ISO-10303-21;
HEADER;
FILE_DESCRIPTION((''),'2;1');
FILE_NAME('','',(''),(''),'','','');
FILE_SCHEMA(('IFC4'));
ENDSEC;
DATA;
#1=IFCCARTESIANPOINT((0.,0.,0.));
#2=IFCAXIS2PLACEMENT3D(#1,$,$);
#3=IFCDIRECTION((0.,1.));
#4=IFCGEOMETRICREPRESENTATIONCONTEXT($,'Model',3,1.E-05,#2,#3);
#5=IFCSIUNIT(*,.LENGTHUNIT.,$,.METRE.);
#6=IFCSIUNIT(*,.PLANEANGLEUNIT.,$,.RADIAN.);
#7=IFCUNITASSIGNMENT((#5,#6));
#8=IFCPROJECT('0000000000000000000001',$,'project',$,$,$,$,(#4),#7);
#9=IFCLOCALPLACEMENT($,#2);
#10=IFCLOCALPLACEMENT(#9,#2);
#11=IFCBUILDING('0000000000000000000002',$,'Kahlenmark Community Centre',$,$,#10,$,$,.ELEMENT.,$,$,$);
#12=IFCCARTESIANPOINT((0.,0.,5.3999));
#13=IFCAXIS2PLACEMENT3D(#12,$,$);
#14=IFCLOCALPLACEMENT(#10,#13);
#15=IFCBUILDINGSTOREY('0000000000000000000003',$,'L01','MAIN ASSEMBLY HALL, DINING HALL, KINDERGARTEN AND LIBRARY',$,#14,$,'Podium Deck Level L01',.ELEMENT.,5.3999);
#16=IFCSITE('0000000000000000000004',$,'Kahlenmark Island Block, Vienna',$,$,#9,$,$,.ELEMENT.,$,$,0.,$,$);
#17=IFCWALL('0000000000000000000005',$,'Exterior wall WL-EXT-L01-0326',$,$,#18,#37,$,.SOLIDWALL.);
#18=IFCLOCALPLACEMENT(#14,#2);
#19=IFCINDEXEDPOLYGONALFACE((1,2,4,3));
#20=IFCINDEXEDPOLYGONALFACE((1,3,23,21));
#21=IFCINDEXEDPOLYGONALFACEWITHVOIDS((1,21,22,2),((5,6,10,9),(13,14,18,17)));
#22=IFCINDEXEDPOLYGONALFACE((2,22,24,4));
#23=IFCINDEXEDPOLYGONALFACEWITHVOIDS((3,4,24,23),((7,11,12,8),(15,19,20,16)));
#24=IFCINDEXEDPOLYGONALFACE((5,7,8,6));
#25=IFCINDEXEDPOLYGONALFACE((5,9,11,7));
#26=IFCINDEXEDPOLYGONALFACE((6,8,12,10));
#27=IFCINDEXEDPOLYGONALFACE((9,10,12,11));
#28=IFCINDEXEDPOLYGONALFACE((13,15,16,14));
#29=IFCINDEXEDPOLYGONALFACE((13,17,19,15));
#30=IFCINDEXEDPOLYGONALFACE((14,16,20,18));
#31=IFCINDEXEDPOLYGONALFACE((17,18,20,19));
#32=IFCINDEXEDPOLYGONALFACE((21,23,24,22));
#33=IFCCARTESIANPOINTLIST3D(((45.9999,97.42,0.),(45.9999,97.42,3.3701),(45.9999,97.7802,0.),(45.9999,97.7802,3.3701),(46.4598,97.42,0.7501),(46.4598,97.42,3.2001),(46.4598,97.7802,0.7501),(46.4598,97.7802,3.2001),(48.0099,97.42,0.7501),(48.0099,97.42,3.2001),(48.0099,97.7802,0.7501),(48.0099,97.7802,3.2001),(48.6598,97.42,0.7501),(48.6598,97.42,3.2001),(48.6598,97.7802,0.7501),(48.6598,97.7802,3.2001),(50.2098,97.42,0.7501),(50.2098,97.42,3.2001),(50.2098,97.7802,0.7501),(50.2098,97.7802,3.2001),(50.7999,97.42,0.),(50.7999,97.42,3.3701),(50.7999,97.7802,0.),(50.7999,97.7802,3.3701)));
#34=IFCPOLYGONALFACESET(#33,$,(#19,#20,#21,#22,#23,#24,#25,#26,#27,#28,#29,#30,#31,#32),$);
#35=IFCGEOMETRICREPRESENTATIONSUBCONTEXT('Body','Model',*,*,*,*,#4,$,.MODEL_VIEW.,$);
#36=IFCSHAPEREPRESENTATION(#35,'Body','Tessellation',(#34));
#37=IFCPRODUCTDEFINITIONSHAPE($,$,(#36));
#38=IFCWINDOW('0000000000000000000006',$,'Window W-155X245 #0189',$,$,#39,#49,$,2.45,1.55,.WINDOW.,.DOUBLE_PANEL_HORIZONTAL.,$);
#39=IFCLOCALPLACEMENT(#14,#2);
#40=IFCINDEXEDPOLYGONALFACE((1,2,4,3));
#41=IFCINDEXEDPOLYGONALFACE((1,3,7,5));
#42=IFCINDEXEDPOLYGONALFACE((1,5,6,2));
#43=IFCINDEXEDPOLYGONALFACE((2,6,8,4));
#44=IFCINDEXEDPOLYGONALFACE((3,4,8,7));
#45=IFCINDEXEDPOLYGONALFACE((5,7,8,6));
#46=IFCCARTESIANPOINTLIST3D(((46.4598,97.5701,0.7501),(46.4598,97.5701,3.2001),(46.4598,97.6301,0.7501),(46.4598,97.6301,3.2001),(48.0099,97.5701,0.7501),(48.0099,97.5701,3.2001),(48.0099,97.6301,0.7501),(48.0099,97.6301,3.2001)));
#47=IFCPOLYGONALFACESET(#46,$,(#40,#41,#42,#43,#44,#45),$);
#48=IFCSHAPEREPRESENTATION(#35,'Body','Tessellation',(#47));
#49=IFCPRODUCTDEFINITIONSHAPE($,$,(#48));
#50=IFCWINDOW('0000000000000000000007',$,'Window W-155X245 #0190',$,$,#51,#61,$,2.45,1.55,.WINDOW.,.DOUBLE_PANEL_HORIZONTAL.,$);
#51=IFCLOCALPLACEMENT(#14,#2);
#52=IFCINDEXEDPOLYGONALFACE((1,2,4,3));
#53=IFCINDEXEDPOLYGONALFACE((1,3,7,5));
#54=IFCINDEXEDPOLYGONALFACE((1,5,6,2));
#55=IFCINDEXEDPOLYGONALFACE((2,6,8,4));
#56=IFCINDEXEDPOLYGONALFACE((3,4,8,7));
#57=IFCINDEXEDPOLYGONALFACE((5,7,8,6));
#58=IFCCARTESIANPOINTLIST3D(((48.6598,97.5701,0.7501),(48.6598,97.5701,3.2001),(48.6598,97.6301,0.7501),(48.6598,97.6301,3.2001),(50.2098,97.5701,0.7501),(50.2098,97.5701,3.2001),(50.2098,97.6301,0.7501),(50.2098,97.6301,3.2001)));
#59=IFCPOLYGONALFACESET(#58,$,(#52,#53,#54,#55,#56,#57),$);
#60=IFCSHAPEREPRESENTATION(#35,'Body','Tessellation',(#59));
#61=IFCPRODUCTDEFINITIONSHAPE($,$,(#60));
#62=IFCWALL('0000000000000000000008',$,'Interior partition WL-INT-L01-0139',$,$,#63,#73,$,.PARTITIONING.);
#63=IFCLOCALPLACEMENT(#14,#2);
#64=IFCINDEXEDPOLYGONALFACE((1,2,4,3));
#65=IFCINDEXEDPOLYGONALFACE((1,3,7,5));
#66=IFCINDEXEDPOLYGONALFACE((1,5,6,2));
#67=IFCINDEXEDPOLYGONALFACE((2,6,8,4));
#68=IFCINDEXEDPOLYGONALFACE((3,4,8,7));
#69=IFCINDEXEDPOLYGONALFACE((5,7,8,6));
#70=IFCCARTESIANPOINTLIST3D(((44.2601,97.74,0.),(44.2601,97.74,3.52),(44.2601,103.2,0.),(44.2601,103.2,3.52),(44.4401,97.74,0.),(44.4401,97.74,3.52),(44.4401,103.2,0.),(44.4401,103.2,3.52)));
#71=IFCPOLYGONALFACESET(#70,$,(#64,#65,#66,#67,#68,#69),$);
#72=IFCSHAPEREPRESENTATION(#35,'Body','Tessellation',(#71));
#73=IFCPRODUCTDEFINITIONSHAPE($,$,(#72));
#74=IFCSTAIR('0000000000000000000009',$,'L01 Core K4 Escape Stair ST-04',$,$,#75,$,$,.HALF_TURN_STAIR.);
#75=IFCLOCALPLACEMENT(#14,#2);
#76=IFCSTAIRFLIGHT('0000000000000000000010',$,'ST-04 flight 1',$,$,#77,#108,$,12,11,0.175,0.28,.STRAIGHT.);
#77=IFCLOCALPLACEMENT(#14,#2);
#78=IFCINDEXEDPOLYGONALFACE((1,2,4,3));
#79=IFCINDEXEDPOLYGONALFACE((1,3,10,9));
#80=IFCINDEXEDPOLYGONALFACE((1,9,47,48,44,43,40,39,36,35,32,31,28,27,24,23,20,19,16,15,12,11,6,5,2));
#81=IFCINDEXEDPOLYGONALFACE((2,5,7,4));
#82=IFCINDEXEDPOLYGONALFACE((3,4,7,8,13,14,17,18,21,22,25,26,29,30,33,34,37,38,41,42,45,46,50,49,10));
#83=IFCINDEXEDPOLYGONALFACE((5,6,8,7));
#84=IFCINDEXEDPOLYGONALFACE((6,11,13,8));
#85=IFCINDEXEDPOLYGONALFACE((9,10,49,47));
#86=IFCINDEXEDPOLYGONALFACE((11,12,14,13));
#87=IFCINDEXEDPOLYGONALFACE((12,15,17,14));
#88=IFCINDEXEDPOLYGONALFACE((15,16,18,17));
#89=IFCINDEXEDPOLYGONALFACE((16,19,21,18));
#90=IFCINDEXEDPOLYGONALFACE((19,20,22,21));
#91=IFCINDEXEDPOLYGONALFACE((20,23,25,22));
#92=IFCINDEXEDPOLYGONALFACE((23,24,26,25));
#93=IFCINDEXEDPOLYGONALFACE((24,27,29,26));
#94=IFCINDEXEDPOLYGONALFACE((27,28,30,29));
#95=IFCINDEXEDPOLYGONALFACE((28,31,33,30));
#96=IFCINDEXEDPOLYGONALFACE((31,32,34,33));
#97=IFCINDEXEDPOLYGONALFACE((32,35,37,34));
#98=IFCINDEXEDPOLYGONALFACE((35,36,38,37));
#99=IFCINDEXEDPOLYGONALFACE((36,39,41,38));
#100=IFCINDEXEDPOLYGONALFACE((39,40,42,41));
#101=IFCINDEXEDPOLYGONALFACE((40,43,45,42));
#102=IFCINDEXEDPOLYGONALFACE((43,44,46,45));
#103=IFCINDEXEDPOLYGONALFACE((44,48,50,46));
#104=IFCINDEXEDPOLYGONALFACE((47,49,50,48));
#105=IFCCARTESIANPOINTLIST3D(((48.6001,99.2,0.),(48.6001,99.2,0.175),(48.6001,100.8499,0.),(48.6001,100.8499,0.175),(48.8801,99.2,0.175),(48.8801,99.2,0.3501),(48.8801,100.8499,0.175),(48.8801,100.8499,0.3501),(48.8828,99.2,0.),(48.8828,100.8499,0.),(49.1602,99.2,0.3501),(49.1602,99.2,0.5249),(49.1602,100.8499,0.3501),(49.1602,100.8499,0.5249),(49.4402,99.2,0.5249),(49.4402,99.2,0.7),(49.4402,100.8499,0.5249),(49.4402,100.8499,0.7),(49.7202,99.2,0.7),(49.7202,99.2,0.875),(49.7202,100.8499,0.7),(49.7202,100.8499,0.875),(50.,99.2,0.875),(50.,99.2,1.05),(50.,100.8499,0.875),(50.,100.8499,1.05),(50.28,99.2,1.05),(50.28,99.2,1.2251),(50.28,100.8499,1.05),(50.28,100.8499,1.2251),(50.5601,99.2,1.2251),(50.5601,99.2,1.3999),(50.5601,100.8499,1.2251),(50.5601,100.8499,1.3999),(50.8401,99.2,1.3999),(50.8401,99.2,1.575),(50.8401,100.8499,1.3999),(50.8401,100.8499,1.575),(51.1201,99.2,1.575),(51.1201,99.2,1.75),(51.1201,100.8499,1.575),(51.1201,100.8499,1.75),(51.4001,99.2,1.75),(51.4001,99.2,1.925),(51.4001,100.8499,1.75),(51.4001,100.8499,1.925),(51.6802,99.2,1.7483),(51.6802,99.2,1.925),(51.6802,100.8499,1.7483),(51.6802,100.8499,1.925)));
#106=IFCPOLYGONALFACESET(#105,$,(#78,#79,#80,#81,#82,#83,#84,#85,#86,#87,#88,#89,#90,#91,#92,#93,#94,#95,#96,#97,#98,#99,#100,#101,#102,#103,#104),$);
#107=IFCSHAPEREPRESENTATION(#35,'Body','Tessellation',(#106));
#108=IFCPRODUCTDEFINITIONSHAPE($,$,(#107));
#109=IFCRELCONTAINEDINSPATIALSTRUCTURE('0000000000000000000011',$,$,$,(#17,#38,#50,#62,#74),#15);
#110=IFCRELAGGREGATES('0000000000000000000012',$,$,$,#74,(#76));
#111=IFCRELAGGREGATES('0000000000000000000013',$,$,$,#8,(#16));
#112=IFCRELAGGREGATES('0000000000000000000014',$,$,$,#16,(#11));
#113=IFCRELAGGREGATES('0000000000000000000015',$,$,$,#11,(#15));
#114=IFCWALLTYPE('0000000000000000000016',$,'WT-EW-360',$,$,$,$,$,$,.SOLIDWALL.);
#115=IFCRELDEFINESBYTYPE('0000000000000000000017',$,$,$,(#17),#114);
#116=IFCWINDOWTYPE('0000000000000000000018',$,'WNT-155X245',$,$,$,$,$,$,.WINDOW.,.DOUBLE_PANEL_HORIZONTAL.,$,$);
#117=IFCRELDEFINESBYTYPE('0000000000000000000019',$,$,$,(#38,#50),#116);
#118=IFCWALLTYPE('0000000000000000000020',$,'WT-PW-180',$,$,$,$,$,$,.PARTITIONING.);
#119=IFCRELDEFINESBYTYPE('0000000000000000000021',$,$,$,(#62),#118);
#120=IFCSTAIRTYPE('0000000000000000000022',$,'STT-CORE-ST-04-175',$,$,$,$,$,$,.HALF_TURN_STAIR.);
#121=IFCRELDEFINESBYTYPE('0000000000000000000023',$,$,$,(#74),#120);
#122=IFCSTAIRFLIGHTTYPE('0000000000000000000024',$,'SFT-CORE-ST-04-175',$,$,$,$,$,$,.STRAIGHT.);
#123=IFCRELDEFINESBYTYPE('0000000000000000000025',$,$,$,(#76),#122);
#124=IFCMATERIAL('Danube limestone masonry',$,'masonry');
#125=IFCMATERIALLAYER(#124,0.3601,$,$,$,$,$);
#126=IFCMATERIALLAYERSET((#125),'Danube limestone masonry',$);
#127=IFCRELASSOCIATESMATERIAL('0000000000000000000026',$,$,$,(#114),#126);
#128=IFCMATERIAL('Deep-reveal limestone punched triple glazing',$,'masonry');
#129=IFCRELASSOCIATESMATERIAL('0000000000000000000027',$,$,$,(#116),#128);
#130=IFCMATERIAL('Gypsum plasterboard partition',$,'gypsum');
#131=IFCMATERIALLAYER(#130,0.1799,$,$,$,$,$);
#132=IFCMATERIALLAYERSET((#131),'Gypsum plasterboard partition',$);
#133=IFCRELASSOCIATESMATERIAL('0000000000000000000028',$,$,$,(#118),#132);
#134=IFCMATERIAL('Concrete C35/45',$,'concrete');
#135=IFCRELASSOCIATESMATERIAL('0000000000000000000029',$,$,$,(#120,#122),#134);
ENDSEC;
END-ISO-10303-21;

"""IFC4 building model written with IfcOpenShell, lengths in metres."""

from ifc_helpers import new_model, si_unit, direction, frame, frame_2d, origin, place, context, subcontext, project, spatial, polyline, rectangle, outline, extrude, material, layer, layer_set, type_object, element, fill, aggregate, save


model = new_model("IFC4")

# Units and contexts
model_context = context("Model", 3, precision=1e-05, world=origin(), true_north=direction((0.0, 1.0)))
body_context = subcontext(model_context, "Body", "Model", "MODEL_VIEW")
ifc_project = project(units=[si_unit("LENGTHUNIT", "METRE"), si_unit("PLANEANGLEUNIT", "RADIAN")], contexts=[model_context])

# Site, building, storey
site_placement = place(None, origin())
site = spatial("IfcSite", under=ifc_project, at=site_placement, Name="Kahlenmark Island Block, Vienna", CompositionType="ELEMENT", RefElevation=0.0)
building_placement = place(site_placement, origin())
building = spatial("IfcBuilding", under=site, at=building_placement, Name="Kahlenmark Community Centre", CompositionType="ELEMENT")
storey_placement = place(building_placement, frame((0.0, 0.0, 5.3999)))
storey = spatial("IfcBuildingStorey", under=building, at=storey_placement, Name="L01", Description="MAIN ASSEMBLY HALL, DINING HALL, KINDERGARTEN AND LIBRARY", LongName="Podium Deck Level L01", CompositionType="ELEMENT", Elevation=5.3999)

# Shared definitions
ifc_material_1 = material(Name="Concrete C35/45", Category="concrete")

# Wall, openings, windows
ifc_material_2 = material(Name="Danube limestone masonry", Category="masonry")
ifc_layer_1 = layer(ifc_material_2, 0.3601)
ifc_layer_set_1 = layer_set([ifc_layer_1], Name="Danube limestone masonry")
wall_type_1 = type_object("IfcWallType", Name="WT-EW-360", PredefinedType="SOLIDWALL", material=ifc_layer_set_1)
wall_1_placement = place(storey_placement, frame((46.0, 97.6001, 0.0), z_axis=(0.0, 0.0, 1.0), x_axis=(1.0, 0.0, 0.0)))
wall_1 = element("IfcWall", 1, at=wall_1_placement, inside=storey, type_object=wall_type_1, Name="Exterior wall WL-EXT-L01-0326", PredefinedType="SOLIDWALL", context=body_context, shape_type="SweptSolid", body=[
    extrude(rectangle(XDim=4.8, YDim=0.3601, at=frame_2d((2.3999, 0.0))), origin(), (0.0, 0.0, 1.0), 3.3701),
])
opening_1_placement = place(wall_1_placement, frame((0.46, 0.0, 0.75)))
opening_1 = element("IfcOpeningElement", 2, at=opening_1_placement, cuts=wall_1, PredefinedType="OPENING", context=body_context, shape_type="SweptSolid", body=[
    extrude(rectangle(XDim=1.55, YDim=2.45, at=frame_2d((0.7749, 1.2251))), frame((0.0, 0.1899, 0.0), z_axis=(0.0, -1.0, 0.0), x_axis=(1.0, 0.0, 0.0)), (0.0, 0.0, 1.0), 0.3801),
])
opening_2_placement = place(wall_1_placement, frame((2.6599, 0.0, 0.75)))
opening_2 = element("IfcOpeningElement", 3, at=opening_2_placement, cuts=wall_1, PredefinedType="OPENING", context=body_context, shape_type="SweptSolid", body=[
    extrude(rectangle(XDim=1.55, YDim=2.45, at=frame_2d((0.7749, 1.2251))), frame((0.0, 0.1899, 0.0), z_axis=(0.0, -1.0, 0.0), x_axis=(1.0, 0.0, 0.0)), (0.0, 0.0, 1.0), 0.3801),
])
ifc_material_3 = material(Name="Deep-reveal limestone punched triple glazing", Category="masonry")
window_type = type_object("IfcWindowType", Name="WNT-155X245", PartitioningType="DOUBLE_PANEL_HORIZONTAL", PredefinedType="WINDOW", material=ifc_material_3)
window_1_placement = place(opening_1_placement, origin())
window_1 = element("IfcWindow", 4, at=window_1_placement, inside=storey, type_object=window_type, Name="Window W-155X245 #0189", OverallHeight=2.45, OverallWidth=1.55, PartitioningType="DOUBLE_PANEL_HORIZONTAL", PredefinedType="WINDOW", context=body_context, shape_type="SweptSolid", body=[
    extrude(rectangle(XDim=1.55, YDim=2.45, at=frame_2d((0.7749, 1.2251))), frame((0.0, 0.03, 0.0), z_axis=(0.0, -1.0, 0.0), x_axis=(1.0, 0.0, 0.0)), (0.0, 0.0, 1.0), 0.0601),
])
fill(opening_1, window_1)
window_2_placement = place(opening_2_placement, origin())
window_2 = element("IfcWindow", 5, at=window_2_placement, inside=storey, type_object=window_type, Name="Window W-155X245 #0190", OverallHeight=2.45, OverallWidth=1.55, PartitioningType="DOUBLE_PANEL_HORIZONTAL", PredefinedType="WINDOW", context=body_context, shape_type="SweptSolid", body=[
    extrude(rectangle(XDim=1.55, YDim=2.45, at=frame_2d((0.7749, 1.2251))), frame((0.0, 0.03, 0.0), z_axis=(0.0, -1.0, 0.0), x_axis=(1.0, 0.0, 0.0)), (0.0, 0.0, 1.0), 0.0601),
])
fill(opening_2, window_2)

# Shared definitions
ifc_material_4 = material(Name="Gypsum plasterboard partition", Category="gypsum")

# Wall
ifc_layer_2 = layer(ifc_material_4, 0.1799)
ifc_layer_set_2 = layer_set([ifc_layer_2], Name="Gypsum plasterboard partition")
wall_type_2 = type_object("IfcWallType", Name="WT-PW-180", PredefinedType="PARTITIONING", material=ifc_layer_set_2)
wall_2_placement = place(storey_placement, frame((44.3501, 97.74, 0.0), z_axis=(0.0, 0.0, 1.0), x_axis=(0.0, 1.0, 0.0)))
element("IfcWall", 6, at=wall_2_placement, inside=storey, type_object=wall_type_2, Name="Interior partition WL-INT-L01-0139", PredefinedType="PARTITIONING", context=body_context, shape_type="SweptSolid", body=[
    extrude(rectangle(XDim=5.46, YDim=0.1799, at=frame_2d((2.73, 0.0))), origin(), (0.0, 0.0, 1.0), 3.52),
])

# Stair, stair flight
stair_type = type_object("IfcStairType", Name="STT-CORE-ST-04-175", PredefinedType="HALF_TURN_STAIR", material=ifc_material_1)
stair_placement = place(storey_placement, origin())
stair = element("IfcStair", 7, at=stair_placement, inside=storey, type_object=stair_type, Name="L01 Core K4 Escape Stair ST-04", PredefinedType="HALF_TURN_STAIR")
stair_flight_type = type_object("IfcStairFlightType", Name="SFT-CORE-ST-04-175", PredefinedType="STRAIGHT", material=ifc_material_1)
stair_flight_placement = place(storey_placement, frame((48.6001, 100.0249, 0.0), z_axis=(0.0, 0.0, 1.0), x_axis=(1.0, 0.0, 0.0)))
stair_flight = element("IfcStairFlight", 8, at=stair_flight_placement, type_object=stair_flight_type, Name="ST-04 flight 1", NumberOfRisers=12, NumberOfTreads=11, PredefinedType="STRAIGHT", RiserHeight=0.175, TreadLength=0.28, context=body_context, shape_type="SweptSolid", body=[
    extrude(outline(polyline([(0.0, 0.0), (0.0, 0.175), (0.28, 0.175), (0.28, 0.3501), (0.5601, 0.3501), (0.5601, 0.5249), (0.8401, 0.5249), (0.8401, 0.7), (1.1201, 0.7), (1.1201, 0.875), (1.3999, 0.875), (1.3999, 1.05), (1.6799, 1.05), (1.6799, 1.2251), (1.96, 1.2251), (1.96, 1.3999), (2.24, 1.3999), (2.24, 1.575), (2.52, 1.575), (2.52, 1.75), (2.8, 1.75), (2.8, 1.925), (3.0801, 1.925), (3.0801, 2.1001), (3.0801, 1.7483), (0.2827, 0.0), (0.0, 0.0)])), frame((0.0, 0.825, 0.0), z_axis=(0.0, -1.0, 0.0), x_axis=(1.0, 0.0, 0.0)), (0.0, 0.0, 1.0), 1.6499),
])
aggregate(stair, [stair_flight])

save(model, "model.ifc")
